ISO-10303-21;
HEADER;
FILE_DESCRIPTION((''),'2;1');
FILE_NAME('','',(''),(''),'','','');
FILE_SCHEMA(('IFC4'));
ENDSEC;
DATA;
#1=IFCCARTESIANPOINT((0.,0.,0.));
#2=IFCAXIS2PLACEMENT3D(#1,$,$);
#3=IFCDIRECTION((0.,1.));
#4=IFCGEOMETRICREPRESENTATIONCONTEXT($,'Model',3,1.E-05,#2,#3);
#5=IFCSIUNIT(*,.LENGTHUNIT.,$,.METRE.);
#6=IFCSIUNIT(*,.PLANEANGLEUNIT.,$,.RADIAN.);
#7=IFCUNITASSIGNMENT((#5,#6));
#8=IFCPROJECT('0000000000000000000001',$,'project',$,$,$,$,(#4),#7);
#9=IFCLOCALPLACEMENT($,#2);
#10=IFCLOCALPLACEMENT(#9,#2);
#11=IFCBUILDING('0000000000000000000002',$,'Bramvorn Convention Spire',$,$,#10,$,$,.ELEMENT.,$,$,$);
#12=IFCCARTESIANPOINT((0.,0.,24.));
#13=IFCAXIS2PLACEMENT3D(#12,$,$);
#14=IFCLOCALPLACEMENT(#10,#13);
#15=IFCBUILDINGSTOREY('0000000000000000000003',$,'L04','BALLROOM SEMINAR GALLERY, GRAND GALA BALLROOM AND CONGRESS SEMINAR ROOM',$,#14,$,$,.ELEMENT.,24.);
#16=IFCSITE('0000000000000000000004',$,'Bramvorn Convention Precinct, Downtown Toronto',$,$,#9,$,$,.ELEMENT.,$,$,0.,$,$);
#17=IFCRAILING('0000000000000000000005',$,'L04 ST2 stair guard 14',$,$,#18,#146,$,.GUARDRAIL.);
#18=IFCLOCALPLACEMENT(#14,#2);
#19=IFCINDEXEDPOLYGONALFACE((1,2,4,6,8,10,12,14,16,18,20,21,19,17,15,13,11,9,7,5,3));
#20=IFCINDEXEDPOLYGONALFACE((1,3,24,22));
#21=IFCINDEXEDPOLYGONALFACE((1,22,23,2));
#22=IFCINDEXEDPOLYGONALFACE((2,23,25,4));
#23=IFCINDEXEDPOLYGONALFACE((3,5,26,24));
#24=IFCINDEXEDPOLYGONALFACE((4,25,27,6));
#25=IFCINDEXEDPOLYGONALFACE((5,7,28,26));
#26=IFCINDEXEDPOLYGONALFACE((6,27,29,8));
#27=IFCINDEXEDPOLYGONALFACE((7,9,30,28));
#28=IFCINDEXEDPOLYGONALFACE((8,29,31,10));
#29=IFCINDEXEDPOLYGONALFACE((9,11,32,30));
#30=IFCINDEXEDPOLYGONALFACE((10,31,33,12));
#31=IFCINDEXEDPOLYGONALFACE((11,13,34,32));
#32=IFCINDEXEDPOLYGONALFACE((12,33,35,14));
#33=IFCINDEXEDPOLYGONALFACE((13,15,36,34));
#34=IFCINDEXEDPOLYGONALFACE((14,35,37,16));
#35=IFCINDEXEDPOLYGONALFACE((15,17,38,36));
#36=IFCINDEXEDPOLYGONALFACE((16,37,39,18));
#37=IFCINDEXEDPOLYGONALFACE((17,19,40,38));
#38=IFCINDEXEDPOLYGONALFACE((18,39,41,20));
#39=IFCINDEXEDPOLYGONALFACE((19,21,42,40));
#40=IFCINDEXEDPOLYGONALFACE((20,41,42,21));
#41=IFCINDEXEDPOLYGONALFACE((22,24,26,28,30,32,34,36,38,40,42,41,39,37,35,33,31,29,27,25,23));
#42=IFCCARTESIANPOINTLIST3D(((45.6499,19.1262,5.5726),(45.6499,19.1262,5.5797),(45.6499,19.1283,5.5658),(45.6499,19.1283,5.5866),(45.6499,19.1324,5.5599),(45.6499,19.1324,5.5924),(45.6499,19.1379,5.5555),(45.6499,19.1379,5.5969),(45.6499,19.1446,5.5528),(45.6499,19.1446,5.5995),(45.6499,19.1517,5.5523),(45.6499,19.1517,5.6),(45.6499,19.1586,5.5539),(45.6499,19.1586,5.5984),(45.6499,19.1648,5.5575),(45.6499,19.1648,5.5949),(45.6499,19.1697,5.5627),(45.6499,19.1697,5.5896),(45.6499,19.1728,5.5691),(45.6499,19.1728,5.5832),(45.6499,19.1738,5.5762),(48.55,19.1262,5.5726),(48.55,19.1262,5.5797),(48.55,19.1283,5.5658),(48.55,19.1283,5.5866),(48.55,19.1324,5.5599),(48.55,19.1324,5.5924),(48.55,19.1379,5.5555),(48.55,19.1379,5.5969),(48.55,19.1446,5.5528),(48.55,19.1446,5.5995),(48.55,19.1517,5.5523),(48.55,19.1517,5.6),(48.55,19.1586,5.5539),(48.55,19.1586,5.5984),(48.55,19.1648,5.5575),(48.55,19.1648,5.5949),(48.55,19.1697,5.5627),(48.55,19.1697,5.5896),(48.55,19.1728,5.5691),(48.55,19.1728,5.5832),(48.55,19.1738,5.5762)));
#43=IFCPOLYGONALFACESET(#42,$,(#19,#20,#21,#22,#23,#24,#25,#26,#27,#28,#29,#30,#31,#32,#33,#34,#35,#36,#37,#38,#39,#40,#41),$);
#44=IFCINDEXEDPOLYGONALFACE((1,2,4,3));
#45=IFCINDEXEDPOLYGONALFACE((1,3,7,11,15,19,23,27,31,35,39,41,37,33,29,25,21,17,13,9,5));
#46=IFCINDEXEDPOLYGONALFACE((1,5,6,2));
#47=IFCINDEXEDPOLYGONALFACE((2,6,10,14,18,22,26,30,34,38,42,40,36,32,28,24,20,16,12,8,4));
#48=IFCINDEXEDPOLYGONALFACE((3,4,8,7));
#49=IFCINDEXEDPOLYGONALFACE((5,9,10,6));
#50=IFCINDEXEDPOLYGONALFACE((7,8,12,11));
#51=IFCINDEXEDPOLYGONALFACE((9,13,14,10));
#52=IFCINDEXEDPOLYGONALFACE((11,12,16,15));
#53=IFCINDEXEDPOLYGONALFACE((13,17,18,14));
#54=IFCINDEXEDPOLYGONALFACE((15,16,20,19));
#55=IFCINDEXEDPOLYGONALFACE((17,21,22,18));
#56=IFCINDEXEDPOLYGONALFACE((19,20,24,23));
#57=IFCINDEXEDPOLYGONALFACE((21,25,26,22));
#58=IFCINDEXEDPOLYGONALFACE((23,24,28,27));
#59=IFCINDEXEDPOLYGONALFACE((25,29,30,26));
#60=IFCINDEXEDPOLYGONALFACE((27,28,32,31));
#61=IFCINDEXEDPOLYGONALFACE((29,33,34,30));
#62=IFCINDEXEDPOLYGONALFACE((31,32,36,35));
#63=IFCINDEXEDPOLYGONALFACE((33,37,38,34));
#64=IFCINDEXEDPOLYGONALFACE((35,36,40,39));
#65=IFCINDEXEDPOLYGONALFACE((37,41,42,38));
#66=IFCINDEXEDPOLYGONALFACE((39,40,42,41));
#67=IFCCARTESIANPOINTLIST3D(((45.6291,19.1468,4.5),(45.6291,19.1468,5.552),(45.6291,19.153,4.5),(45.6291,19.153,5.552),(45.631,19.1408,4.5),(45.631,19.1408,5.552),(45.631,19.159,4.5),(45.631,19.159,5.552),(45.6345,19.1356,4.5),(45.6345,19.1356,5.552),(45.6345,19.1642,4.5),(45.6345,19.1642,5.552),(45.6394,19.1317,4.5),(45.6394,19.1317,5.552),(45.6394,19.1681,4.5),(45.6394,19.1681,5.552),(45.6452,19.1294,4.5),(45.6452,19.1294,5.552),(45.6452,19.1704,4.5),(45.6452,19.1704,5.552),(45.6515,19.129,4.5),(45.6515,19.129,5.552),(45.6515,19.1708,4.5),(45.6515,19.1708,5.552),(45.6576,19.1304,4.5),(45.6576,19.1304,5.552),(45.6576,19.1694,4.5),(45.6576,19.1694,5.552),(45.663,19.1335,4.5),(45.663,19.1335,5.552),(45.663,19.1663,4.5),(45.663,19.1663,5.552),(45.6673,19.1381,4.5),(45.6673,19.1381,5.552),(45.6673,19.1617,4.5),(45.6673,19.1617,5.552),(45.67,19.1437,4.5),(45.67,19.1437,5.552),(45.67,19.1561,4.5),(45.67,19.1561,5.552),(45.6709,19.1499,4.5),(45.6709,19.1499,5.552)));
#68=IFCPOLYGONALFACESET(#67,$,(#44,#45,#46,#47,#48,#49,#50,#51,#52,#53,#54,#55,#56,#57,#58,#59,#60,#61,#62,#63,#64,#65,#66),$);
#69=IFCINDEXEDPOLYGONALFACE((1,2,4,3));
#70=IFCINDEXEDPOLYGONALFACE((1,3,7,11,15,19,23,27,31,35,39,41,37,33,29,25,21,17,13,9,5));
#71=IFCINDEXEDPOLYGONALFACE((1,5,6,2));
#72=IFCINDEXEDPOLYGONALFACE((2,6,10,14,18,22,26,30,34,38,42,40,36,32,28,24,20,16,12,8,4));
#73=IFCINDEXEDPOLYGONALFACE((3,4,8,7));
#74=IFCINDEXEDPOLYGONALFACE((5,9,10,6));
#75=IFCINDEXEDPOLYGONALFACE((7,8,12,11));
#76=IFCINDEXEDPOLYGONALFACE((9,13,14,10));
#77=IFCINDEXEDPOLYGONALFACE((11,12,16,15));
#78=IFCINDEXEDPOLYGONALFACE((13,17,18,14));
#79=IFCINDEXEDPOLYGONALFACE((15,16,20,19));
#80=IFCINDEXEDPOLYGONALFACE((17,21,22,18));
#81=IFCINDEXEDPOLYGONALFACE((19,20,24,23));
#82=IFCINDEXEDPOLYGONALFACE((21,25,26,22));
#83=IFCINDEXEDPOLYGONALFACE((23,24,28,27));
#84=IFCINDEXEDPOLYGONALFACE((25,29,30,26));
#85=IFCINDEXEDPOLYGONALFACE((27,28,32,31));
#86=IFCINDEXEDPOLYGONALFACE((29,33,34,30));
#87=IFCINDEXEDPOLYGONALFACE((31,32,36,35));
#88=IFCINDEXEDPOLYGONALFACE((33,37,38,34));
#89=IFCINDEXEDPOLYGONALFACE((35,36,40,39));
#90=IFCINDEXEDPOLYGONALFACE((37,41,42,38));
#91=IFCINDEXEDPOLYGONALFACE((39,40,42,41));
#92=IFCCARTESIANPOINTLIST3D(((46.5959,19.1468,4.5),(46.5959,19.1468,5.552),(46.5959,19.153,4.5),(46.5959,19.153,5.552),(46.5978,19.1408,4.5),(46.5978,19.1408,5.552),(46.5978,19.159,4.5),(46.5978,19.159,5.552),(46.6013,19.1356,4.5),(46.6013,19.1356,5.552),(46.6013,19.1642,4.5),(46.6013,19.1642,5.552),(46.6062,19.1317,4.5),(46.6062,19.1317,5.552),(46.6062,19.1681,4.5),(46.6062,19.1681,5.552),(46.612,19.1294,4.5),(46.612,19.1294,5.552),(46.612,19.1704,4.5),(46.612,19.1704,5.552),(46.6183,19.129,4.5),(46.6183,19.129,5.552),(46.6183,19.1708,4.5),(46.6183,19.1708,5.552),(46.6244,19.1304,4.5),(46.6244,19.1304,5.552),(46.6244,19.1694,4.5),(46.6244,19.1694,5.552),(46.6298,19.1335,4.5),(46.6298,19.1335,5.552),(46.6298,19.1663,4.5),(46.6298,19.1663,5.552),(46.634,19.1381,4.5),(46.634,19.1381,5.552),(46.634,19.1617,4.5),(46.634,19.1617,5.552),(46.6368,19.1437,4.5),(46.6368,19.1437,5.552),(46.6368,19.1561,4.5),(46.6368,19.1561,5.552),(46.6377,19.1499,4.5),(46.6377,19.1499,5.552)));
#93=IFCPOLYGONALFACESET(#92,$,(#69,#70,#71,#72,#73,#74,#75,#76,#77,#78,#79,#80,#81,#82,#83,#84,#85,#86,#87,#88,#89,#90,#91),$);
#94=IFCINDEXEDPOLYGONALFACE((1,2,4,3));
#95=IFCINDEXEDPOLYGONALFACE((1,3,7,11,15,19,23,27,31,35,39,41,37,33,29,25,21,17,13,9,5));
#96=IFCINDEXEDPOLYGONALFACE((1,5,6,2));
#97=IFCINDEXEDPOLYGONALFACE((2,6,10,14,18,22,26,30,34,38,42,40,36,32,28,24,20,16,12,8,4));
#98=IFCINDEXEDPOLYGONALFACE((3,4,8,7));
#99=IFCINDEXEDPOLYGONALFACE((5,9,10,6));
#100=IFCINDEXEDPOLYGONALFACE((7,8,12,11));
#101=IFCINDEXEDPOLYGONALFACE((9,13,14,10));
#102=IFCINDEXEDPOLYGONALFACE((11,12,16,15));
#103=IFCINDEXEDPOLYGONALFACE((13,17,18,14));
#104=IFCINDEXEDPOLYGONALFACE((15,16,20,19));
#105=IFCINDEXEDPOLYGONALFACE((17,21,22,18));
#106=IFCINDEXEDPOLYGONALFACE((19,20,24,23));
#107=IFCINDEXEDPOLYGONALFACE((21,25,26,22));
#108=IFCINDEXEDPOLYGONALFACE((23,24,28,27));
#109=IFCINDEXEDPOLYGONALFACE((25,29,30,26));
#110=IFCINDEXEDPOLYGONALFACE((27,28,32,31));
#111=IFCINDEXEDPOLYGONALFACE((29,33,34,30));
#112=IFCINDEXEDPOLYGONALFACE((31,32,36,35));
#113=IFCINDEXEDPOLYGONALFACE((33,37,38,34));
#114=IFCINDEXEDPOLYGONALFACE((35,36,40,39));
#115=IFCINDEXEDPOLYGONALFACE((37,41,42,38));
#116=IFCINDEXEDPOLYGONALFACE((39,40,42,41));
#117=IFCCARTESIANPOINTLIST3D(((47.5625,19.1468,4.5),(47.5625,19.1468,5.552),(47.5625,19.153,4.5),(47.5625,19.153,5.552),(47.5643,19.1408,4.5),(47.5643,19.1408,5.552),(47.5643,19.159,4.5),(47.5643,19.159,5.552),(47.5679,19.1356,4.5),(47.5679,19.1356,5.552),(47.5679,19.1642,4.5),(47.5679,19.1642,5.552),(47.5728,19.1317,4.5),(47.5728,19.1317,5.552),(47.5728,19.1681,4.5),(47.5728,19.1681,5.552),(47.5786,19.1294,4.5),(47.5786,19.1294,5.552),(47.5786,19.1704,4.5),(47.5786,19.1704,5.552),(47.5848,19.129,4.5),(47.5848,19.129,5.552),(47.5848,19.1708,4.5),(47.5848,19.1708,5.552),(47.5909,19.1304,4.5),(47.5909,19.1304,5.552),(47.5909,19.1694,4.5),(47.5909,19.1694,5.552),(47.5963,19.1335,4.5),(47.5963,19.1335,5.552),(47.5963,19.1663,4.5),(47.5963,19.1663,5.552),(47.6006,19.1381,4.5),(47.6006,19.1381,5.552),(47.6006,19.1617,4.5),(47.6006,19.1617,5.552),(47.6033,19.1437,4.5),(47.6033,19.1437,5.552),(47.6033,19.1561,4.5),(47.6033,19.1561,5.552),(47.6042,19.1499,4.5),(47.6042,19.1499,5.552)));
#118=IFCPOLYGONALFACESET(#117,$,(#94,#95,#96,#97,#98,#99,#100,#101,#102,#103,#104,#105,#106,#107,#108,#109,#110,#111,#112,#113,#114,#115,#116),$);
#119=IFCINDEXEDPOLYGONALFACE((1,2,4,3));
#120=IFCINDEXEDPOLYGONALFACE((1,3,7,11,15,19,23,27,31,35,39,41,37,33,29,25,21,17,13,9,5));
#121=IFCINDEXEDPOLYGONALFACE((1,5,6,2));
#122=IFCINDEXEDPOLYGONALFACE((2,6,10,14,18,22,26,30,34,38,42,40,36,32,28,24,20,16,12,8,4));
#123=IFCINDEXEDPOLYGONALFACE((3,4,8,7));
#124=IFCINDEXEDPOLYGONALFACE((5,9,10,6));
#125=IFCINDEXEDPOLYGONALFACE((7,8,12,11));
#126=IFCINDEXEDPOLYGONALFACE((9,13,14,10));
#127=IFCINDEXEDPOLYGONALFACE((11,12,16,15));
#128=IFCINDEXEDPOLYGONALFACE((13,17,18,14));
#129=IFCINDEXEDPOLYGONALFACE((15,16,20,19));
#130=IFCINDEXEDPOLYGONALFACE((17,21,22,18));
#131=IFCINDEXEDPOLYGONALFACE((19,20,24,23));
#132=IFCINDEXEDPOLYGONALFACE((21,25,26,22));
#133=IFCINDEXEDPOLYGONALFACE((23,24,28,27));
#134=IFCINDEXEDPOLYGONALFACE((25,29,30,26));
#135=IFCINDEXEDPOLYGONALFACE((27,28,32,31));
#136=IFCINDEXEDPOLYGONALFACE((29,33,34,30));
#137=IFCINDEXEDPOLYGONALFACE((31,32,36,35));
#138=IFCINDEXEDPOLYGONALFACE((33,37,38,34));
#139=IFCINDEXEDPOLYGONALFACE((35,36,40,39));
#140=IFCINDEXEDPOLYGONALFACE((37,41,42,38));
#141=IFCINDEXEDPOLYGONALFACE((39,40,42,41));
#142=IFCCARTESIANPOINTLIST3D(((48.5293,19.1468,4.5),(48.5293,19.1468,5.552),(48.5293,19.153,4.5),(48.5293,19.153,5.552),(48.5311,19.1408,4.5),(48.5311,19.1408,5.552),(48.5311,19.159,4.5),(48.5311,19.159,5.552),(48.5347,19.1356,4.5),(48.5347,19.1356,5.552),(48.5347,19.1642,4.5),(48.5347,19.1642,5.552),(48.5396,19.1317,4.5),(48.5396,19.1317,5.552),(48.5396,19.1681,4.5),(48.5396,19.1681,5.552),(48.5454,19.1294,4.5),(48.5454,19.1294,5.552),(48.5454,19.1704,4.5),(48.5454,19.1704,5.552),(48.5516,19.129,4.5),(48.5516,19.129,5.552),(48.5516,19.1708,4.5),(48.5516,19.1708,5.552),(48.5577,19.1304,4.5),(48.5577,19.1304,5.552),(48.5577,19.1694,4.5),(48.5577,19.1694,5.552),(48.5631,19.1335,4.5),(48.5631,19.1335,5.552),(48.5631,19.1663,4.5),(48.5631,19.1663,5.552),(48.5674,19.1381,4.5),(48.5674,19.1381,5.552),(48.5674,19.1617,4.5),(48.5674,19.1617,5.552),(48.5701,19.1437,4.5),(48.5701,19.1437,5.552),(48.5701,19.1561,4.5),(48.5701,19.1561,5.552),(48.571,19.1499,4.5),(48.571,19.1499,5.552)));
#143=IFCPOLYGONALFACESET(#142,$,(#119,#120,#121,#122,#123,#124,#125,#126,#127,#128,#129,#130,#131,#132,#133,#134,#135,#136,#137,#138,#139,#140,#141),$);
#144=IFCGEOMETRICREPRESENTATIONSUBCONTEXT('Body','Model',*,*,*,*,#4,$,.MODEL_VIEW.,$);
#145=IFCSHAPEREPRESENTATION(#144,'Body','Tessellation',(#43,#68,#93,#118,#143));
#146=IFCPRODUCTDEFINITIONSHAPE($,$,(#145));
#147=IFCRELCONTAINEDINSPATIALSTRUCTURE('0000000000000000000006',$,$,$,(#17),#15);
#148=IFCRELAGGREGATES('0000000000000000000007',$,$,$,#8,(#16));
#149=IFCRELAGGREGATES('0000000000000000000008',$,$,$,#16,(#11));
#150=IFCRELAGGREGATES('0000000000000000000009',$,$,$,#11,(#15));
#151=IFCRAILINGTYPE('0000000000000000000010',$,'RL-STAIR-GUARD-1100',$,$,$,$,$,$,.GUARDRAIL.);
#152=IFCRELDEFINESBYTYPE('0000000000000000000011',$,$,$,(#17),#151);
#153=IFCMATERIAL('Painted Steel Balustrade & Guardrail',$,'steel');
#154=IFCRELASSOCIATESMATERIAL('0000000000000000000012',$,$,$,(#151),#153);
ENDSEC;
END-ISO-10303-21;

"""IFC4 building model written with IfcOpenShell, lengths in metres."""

from ifc_helpers import new_model, si_unit, direction, frame, origin, origin_2d, place, context, subcontext, project, spatial, circle, extrude, material, type_object, element, save


model = new_model("IFC4")

# Units and contexts
model_context = context("Model", 3, precision=1e-05, world=origin(), true_north=direction((0.0, 1.0)))
body_context = subcontext(model_context, "Body", "Model", "MODEL_VIEW")
ifc_project = project(units=[si_unit("LENGTHUNIT", "METRE"), si_unit("PLANEANGLEUNIT", "RADIAN")], contexts=[model_context])

# Site, building, storey
site_placement = place(None, origin())
site = spatial("IfcSite", under=ifc_project, at=site_placement, Name="Bramvorn Convention Precinct, Downtown Toronto", CompositionType="ELEMENT", RefElevation=0.0)
building_placement = place(site_placement, origin())
building = spatial("IfcBuilding", under=site, at=building_placement, Name="Bramvorn Convention Spire", CompositionType="ELEMENT")
storey_placement = place(building_placement, frame((0.0, 0.0, 24.0)))
storey = spatial("IfcBuildingStorey", under=building, at=storey_placement, Name="L04", Description="BALLROOM SEMINAR GALLERY, GRAND GALA BALLROOM AND CONGRESS SEMINAR ROOM", CompositionType="ELEMENT", Elevation=24.0)

# Railing
ifc_material_1 = material(Name="Painted Steel Balustrade & Guardrail", Category="steel")
railing_type = type_object("IfcRailingType", Name="RL-STAIR-GUARD-1100", PredefinedType="GUARDRAIL", material=ifc_material_1)
for number, where, name in (
    (1, (45.6499, 19.1499, 4.5), "L04 ST2 stair guard 14"),
):
    element("IfcRailing", number, at=place(storey_placement, frame(where)), inside=storey, type_object=railing_type, Name=name, PredefinedType="GUARDRAIL", context=body_context, shape_type="SweptSolid", body=[
        extrude(circle(Radius=0.0239, at=origin_2d()), frame((0.0, 0.0, 1.0762), z_axis=(1.0, 0.0, 0.0), x_axis=(0.0, 1.0, 0.0)), (0.0, 0.0, 1.0), 2.9001),
        extrude(circle(Radius=0.021, at=origin_2d()), origin(), (0.0, 0.0, 1.0), 1.052),
        extrude(circle(Radius=0.021, at=origin_2d()), frame((0.9668, 0.0, 0.0)), (0.0, 0.0, 1.0), 1.052),
        extrude(circle(Radius=0.021, at=origin_2d()), frame((1.9333, 0.0, 0.0)), (0.0, 0.0, 1.0), 1.052),
        extrude(circle(Radius=0.021, at=origin_2d()), frame((2.9001, 0.0, 0.0)), (0.0, 0.0, 1.0), 1.052),
    ])

save(model, "model.ifc")
